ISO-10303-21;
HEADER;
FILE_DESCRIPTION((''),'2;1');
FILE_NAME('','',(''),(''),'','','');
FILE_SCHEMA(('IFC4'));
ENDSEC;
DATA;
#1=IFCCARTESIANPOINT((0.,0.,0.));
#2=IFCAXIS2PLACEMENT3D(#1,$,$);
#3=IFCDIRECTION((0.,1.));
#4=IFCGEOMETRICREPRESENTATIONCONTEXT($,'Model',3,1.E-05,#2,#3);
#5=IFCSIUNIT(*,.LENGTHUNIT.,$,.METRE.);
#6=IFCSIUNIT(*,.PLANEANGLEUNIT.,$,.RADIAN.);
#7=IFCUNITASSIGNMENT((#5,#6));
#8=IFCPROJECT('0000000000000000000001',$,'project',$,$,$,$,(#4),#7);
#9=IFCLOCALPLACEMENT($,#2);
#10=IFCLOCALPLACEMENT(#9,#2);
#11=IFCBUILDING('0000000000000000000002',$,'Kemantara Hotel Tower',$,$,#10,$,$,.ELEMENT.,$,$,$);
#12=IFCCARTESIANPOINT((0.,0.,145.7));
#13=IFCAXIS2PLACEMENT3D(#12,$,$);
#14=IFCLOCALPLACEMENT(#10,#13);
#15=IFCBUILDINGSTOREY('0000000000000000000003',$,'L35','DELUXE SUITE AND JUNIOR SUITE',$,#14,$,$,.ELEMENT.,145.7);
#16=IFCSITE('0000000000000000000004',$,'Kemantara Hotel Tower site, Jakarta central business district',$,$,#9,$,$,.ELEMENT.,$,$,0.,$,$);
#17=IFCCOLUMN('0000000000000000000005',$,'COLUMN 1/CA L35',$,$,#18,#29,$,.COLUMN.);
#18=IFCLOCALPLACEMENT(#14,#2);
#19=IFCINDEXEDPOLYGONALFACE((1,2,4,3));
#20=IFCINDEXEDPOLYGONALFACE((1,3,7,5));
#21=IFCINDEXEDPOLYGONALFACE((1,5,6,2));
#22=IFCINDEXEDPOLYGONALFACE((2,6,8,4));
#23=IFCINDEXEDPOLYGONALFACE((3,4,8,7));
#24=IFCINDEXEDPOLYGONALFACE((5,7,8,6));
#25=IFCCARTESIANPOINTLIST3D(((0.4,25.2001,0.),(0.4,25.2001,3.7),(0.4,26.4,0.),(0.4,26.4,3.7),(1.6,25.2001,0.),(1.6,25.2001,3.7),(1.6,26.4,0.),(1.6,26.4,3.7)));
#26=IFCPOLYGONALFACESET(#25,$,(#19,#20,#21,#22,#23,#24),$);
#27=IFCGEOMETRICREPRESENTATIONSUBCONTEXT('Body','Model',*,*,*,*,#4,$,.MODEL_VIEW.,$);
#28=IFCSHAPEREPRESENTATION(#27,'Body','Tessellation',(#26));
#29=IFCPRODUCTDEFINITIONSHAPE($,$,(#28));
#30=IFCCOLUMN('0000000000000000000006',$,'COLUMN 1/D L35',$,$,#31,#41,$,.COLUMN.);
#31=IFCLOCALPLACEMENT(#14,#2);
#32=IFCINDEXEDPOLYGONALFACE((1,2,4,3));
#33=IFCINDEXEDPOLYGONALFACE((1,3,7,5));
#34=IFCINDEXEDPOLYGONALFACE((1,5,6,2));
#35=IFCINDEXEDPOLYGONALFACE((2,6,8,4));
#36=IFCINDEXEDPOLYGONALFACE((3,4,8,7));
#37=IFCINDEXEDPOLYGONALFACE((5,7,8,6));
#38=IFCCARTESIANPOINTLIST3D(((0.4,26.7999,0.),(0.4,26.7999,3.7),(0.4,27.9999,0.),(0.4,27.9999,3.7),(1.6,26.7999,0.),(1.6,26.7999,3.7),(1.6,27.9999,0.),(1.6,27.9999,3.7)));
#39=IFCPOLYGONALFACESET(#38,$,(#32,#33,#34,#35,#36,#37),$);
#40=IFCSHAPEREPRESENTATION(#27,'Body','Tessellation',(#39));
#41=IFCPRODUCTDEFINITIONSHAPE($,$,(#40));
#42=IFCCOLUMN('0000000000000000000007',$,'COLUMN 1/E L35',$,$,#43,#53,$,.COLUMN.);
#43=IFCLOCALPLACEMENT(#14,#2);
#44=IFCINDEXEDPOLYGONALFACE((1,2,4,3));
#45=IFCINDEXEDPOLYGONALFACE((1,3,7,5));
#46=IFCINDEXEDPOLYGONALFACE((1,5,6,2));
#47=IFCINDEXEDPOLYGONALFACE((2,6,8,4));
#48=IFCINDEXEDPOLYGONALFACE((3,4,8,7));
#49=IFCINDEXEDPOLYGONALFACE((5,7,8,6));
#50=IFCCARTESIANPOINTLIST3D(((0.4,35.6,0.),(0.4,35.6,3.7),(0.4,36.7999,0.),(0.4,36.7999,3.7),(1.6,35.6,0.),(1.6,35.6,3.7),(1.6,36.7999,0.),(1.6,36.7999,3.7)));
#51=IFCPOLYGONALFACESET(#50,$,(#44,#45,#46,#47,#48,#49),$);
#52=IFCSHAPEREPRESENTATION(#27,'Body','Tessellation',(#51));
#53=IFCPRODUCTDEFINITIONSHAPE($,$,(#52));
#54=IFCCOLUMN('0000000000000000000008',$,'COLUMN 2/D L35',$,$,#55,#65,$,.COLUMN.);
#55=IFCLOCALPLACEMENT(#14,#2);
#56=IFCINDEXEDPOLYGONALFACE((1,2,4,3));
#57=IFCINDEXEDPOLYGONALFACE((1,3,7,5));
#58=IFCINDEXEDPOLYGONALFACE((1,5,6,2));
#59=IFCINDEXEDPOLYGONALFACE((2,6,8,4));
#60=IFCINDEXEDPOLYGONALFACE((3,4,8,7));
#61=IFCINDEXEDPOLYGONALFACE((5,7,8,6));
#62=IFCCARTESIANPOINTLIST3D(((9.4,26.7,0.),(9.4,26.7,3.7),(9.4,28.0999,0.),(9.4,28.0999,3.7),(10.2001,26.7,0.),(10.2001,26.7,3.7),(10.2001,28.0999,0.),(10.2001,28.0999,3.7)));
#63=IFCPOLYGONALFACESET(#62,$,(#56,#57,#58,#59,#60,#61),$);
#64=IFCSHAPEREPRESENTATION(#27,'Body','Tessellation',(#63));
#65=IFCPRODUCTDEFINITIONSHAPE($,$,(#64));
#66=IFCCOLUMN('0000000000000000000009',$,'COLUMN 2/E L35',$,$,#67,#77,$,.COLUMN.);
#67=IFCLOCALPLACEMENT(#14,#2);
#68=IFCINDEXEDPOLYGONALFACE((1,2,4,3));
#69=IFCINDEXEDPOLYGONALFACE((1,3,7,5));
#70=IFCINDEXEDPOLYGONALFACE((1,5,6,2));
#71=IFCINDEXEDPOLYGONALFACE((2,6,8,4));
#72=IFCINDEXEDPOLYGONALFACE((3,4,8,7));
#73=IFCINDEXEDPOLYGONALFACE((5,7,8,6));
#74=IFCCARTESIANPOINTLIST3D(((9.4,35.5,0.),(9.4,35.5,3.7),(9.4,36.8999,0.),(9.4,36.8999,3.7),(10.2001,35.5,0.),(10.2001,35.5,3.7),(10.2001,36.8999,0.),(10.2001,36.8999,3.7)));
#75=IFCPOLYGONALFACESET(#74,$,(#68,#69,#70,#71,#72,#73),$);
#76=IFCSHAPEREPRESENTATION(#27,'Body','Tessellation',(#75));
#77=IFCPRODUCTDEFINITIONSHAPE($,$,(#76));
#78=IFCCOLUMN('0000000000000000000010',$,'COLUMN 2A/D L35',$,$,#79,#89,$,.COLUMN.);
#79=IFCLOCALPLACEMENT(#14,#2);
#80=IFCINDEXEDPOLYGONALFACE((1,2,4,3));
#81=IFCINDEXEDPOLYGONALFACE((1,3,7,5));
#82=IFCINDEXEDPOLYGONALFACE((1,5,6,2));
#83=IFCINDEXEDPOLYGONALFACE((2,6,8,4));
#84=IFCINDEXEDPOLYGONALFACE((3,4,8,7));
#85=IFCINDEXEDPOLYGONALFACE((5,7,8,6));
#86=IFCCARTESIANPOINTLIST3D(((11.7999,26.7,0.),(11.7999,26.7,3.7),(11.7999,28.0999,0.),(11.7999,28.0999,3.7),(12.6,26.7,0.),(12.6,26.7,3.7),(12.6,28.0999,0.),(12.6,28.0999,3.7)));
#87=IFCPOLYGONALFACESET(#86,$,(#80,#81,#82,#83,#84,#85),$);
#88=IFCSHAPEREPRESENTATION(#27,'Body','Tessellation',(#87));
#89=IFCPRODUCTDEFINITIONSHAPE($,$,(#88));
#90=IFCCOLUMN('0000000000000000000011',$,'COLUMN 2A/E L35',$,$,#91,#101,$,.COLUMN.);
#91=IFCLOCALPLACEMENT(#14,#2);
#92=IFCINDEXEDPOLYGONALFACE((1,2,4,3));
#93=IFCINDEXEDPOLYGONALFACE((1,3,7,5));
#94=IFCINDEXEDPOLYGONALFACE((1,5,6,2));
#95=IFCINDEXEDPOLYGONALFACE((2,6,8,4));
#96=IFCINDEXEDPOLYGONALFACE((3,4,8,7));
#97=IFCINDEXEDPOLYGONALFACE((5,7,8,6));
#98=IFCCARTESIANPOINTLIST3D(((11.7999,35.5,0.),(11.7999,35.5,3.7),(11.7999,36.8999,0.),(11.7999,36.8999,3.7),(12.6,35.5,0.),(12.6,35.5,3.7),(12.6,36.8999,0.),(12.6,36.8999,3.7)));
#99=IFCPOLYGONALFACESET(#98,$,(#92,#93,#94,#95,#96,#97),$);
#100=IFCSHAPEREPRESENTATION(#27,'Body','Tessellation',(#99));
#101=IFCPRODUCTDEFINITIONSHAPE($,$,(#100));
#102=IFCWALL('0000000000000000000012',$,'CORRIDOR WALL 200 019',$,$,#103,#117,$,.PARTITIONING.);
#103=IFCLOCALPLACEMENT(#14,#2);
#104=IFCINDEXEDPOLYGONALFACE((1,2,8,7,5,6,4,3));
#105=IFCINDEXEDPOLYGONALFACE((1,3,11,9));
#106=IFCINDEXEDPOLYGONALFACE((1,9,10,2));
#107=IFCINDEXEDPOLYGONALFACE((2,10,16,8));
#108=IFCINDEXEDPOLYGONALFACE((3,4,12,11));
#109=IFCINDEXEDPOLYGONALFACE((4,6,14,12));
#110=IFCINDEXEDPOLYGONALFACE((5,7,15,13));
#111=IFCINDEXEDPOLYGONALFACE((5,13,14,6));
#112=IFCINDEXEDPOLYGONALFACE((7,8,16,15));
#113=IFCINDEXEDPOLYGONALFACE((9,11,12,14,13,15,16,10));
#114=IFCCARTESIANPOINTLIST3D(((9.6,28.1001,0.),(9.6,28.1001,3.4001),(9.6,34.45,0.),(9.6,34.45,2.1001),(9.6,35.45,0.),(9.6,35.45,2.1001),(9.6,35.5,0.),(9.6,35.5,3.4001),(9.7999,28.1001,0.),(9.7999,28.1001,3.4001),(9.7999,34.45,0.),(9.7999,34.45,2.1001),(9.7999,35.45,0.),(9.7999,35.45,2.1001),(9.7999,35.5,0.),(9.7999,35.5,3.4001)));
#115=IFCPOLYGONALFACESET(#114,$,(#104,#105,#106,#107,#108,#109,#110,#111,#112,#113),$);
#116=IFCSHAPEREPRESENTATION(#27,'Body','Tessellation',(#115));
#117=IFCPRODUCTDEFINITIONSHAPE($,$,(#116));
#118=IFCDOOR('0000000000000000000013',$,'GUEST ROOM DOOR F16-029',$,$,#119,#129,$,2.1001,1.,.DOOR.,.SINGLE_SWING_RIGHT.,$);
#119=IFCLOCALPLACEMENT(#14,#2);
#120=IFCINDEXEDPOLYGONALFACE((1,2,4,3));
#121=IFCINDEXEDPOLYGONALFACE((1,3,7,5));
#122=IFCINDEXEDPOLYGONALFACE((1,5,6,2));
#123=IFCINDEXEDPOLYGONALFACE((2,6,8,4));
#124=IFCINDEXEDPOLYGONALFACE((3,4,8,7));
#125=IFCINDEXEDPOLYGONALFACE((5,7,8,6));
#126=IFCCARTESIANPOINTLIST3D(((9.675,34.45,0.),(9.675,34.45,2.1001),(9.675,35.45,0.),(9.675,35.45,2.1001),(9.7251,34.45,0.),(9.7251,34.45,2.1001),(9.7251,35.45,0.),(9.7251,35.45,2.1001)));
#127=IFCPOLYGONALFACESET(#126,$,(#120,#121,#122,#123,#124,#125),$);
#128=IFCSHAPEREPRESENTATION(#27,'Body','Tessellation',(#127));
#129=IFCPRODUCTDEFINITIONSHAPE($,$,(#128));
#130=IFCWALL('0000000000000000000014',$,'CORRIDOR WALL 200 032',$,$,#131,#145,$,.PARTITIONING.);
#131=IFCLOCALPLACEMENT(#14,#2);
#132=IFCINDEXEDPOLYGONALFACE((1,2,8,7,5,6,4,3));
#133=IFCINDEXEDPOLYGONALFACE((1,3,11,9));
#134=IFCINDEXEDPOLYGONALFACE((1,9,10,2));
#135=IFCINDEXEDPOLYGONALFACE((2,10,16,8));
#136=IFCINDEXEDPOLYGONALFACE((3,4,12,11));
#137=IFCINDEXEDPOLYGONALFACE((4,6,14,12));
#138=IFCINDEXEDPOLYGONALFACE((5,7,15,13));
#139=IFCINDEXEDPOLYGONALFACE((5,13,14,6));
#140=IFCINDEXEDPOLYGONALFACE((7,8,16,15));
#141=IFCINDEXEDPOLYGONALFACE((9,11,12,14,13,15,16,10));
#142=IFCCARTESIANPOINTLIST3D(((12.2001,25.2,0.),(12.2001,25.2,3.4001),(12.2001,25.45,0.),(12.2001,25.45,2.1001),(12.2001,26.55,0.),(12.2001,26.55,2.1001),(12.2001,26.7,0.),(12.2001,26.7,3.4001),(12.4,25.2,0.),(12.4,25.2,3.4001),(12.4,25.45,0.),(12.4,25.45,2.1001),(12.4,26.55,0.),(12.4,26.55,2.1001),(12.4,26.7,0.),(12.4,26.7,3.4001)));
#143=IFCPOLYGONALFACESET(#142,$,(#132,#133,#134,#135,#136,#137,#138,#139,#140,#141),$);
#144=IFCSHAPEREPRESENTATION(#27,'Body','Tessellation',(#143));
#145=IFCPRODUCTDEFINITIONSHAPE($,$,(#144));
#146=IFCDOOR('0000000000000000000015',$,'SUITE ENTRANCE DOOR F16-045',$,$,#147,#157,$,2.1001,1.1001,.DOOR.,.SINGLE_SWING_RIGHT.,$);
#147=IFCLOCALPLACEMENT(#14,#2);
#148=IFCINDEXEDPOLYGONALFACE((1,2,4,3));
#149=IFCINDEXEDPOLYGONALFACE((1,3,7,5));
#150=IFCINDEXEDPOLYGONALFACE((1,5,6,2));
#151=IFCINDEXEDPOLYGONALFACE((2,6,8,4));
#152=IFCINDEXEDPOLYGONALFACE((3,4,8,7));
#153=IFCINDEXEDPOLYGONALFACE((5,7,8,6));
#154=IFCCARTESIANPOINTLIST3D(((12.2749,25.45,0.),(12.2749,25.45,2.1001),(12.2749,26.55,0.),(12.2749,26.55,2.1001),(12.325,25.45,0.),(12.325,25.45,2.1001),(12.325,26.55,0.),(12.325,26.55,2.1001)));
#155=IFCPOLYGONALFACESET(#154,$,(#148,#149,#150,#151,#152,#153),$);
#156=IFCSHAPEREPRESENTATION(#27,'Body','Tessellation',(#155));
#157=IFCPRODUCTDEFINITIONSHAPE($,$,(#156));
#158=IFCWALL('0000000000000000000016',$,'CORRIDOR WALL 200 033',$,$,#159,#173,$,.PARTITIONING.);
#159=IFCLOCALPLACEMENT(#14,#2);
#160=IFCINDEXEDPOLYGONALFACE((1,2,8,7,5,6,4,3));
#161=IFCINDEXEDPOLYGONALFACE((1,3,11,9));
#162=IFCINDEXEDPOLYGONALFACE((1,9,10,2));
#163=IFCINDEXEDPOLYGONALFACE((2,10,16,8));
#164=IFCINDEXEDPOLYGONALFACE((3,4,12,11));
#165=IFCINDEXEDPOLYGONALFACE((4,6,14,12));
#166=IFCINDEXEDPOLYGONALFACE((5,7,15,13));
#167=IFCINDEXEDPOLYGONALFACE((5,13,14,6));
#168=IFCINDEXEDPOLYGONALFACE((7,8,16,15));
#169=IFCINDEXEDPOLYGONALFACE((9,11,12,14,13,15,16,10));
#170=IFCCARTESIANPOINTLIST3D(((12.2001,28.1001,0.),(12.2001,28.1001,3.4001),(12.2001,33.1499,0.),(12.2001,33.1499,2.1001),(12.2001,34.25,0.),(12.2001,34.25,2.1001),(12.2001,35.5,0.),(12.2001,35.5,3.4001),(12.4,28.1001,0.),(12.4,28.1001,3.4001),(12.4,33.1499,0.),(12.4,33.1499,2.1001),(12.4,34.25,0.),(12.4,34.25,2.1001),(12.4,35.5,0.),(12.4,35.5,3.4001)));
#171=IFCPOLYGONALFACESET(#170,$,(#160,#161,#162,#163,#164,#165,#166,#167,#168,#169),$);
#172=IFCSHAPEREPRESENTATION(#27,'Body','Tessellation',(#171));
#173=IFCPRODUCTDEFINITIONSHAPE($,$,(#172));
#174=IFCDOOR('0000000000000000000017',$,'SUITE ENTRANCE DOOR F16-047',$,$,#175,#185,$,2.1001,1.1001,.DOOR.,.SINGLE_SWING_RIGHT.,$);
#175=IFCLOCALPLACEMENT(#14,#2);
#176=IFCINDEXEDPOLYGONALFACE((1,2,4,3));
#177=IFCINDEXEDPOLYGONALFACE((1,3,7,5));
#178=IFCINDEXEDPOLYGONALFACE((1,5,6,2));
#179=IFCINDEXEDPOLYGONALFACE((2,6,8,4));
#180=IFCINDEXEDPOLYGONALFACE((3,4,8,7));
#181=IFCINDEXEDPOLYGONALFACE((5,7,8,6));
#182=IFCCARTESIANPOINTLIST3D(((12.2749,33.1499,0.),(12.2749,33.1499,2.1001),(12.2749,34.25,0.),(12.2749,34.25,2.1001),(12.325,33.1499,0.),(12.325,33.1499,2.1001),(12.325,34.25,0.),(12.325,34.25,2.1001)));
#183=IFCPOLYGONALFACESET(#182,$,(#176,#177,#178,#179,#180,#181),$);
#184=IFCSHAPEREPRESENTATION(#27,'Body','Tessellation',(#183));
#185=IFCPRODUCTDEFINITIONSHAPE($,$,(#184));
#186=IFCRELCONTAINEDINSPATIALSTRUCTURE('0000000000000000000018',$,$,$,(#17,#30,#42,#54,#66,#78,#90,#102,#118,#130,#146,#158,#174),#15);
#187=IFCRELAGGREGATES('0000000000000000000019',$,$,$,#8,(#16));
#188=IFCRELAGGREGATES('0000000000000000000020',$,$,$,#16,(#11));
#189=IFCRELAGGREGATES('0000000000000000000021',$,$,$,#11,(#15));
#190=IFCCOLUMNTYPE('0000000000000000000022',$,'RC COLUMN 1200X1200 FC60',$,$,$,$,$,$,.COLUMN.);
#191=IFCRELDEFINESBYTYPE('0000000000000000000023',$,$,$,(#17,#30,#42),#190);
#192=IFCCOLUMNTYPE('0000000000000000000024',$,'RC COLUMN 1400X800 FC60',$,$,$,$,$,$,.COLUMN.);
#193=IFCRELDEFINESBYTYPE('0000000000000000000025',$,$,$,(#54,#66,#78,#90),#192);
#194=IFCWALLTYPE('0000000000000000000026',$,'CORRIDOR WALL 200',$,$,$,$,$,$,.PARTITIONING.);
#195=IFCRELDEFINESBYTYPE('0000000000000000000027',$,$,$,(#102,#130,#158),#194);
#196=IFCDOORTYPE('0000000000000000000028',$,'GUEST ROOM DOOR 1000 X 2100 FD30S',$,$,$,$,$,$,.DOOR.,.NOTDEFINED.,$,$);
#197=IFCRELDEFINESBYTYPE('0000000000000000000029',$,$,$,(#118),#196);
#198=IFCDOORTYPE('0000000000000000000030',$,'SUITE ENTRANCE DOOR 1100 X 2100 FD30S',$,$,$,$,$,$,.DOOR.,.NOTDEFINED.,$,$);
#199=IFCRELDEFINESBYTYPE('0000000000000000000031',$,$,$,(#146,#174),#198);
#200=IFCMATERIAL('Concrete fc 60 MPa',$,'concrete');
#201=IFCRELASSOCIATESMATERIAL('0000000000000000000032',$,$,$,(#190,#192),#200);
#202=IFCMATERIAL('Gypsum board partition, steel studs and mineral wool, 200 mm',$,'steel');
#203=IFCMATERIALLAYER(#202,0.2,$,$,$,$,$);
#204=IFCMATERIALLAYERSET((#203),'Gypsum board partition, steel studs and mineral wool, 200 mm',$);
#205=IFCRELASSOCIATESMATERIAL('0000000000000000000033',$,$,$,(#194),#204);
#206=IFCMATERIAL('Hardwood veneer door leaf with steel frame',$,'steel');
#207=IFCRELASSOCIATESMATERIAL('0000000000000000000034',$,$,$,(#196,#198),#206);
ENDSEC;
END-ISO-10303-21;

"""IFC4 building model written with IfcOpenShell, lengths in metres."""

from ifc_helpers import new_model, si_unit, direction, frame, frame_2d, origin, origin_2d, place, context, subcontext, project, spatial, rectangle, extrude, material, layer, layer_set, material_profile, profile_set, type_object, element, fill, save


model = new_model("IFC4")

# Units and contexts
model_context = context("Model", 3, precision=1e-05, world=origin(), true_north=direction((0.0, 1.0)))
body_context = subcontext(model_context, "Body", "Model", "MODEL_VIEW")
ifc_project = project(units=[si_unit("LENGTHUNIT", "METRE"), si_unit("PLANEANGLEUNIT", "RADIAN")], contexts=[model_context])

# Site, building, storey
site_placement = place(None, origin())
site = spatial("IfcSite", under=ifc_project, at=site_placement, Name="Kemantara Hotel Tower site, Jakarta central business district", CompositionType="ELEMENT", RefElevation=0.0)
building_placement = place(site_placement, origin())
building = spatial("IfcBuilding", under=site, at=building_placement, Name="Kemantara Hotel Tower", CompositionType="ELEMENT")
storey_placement = place(building_placement, frame((0.0, 0.0, 145.7)))
storey = spatial("IfcBuildingStorey", under=building, at=storey_placement, Name="L35", Description="DELUXE SUITE AND JUNIOR SUITE", CompositionType="ELEMENT", Elevation=145.7)

# Columns
ifc_material_1 = material(Name="Concrete fc 60 MPa", Category="concrete")
ifc_material_profile_1 = material_profile(ifc_material_1, rectangle(XDim=1.2, YDim=1.2, at=origin_2d()), Name="RC 1200X1200")
ifc_profile_set_1 = profile_set([ifc_material_profile_1], Name="Concrete fc 60 MPa")
column_type_1 = type_object("IfcColumnType", Name="RC COLUMN 1200X1200 FC60", PredefinedType="COLUMN", material=ifc_profile_set_1)
for number, where, z_axis, x_axis, name in (
    (1, (1.0, 25.8, 0.0), (0.0, 0.0, 1.0), (1.0, 0.0, 0.0), "COLUMN 1/CA L35"),
    (2, (1.0, 27.3999, 0.0), (0.0, 0.0, 1.0), (1.0, 0.0, 0.0), "COLUMN 1/D L35"),
    (3, (1.0, 36.2, 0.0), (0.0, 0.0, 1.0), (1.0, 0.0, 0.0), "COLUMN 1/E L35"),
):
    element("IfcColumn", number, at=place(storey_placement, frame(where, z_axis=z_axis, x_axis=x_axis)), inside=storey, type_object=column_type_1, Name=name, PredefinedType="COLUMN", context=body_context, shape_type="SweptSolid", body=[
        extrude(rectangle(XDim=1.2, YDim=1.2, at=origin_2d()), origin(), (0.0, 0.0, 1.0), 3.7),
    ])
ifc_material_profile_2 = material_profile(ifc_material_1, rectangle(XDim=1.3999, YDim=0.8, at=origin_2d()), Name="RC 1400X800")
ifc_profile_set_2 = profile_set([ifc_material_profile_2], Name="Concrete fc 60 MPa")
column_type_2 = type_object("IfcColumnType", Name="RC COLUMN 1400X800 FC60", PredefinedType="COLUMN", material=ifc_profile_set_2)
for number, where, z_axis, x_axis, name in (
    (4, (9.8, 27.3999, 0.0), (0.0, 0.0, 1.0), (0.0, 1.0, 0.0), "COLUMN 2/D L35"),
    (5, (9.8, 36.2, 0.0), (0.0, 0.0, 1.0), (0.0, 1.0, 0.0), "COLUMN 2/E L35"),
    (6, (12.2, 27.3999, 0.0), (0.0, 0.0, 1.0), (0.0, 1.0, 0.0), "COLUMN 2A/D L35"),
    (7, (12.2, 36.2, 0.0), (0.0, 0.0, 1.0), (0.0, 1.0, 0.0), "COLUMN 2A/E L35"),
):
    element("IfcColumn", number, at=place(storey_placement, frame(where, z_axis=z_axis, x_axis=x_axis)), inside=storey, type_object=column_type_2, Name=name, PredefinedType="COLUMN", context=body_context, shape_type="SweptSolid", body=[
        extrude(rectangle(XDim=1.3999, YDim=0.8, at=origin_2d()), origin(), (0.0, 0.0, 1.0), 3.7),
    ])

# Walls, openings, doors
ifc_material_2 = material(Name="Gypsum board partition, steel studs and mineral wool, 200 mm", Category="steel")
ifc_layer_1 = layer(ifc_material_2, 0.2)
ifc_layer_set_1 = layer_set([ifc_layer_1], Name="Gypsum board partition, steel studs and mineral wool, 200 mm")
wall_type_1 = type_object("IfcWallType", Name="CORRIDOR WALL 200", PredefinedType="PARTITIONING", material=ifc_layer_set_1)
wall_1_placement = place(storey_placement, frame((9.7, 28.1001, 0.0), z_axis=(0.0, 0.0, 1.0), x_axis=(0.0, 1.0, 0.0)))
wall_1 = element("IfcWall", 8, at=wall_1_placement, inside=storey, type_object=wall_type_1, Name="CORRIDOR WALL 200 019", PredefinedType="PARTITIONING", context=body_context, shape_type="SweptSolid", body=[
    extrude(rectangle(XDim=7.3999, YDim=0.2, at=frame_2d((3.7, 0.0))), origin(), (0.0, 0.0, 1.0), 3.4001),
])
opening_1_placement = place(wall_1_placement, frame((6.3499, 0.0, 0.0)))
opening_1 = element("IfcOpeningElement", 9, at=opening_1_placement, cuts=wall_1, PredefinedType="OPENING", context=body_context, shape_type="SweptSolid", body=[
    extrude(rectangle(XDim=1.0, YDim=2.1001, at=frame_2d((0.5, 1.05))), frame((0.0, 0.1099, 0.0), z_axis=(0.0, -1.0, 0.0), x_axis=(1.0, 0.0, 0.0)), (0.0, 0.0, 1.0), 0.22),
])
ifc_material_3 = material(Name="Hardwood veneer door leaf with steel frame", Category="steel")
door_type_1 = type_object("IfcDoorType", Name="GUEST ROOM DOOR 1000 X 2100 FD30S", OperationType="NOTDEFINED", PredefinedType="DOOR", material=ifc_material_3)
door_1_placement = place(opening_1_placement, origin())
door_1 = element("IfcDoor", 10, at=door_1_placement, inside=storey, type_object=door_type_1, Name="GUEST ROOM DOOR F16-029", OperationType="SINGLE_SWING_RIGHT", OverallHeight=2.1001, OverallWidth=1.0, PredefinedType="DOOR", context=body_context, shape_type="SweptSolid", body=[
    extrude(rectangle(XDim=1.0, YDim=2.1001, at=frame_2d((0.5, 1.05))), frame((0.0, 0.0249, 0.0), z_axis=(0.0, -1.0, 0.0), x_axis=(1.0, 0.0, 0.0)), (0.0, 0.0, 1.0), 0.05),
])
fill(opening_1, door_1)
wall_2_placement = place(storey_placement, frame((12.3, 26.7, 0.0), z_axis=(0.0, 0.0, 1.0), x_axis=(0.0, -1.0, 0.0)))
wall_2 = element("IfcWall", 11, at=wall_2_placement, inside=storey, type_object=wall_type_1, Name="CORRIDOR WALL 200 032", PredefinedType="PARTITIONING", context=body_context, shape_type="SweptSolid", body=[
    extrude(rectangle(XDim=1.5, YDim=0.2, at=frame_2d((0.75, 0.0))), origin(), (0.0, 0.0, 1.0), 3.4001),
])
opening_2_placement = place(wall_2_placement, frame((0.1499, 0.0, 0.0)))
opening_2 = element("IfcOpeningElement", 12, at=opening_2_placement, cuts=wall_2, PredefinedType="OPENING", context=body_context, shape_type="SweptSolid", body=[
    extrude(rectangle(XDim=1.1001, YDim=2.1001, at=frame_2d((0.55, 1.05))), frame((0.0, 0.1099, 0.0), z_axis=(0.0, -1.0, 0.0), x_axis=(1.0, 0.0, 0.0)), (0.0, 0.0, 1.0), 0.22),
])
door_type_2 = type_object("IfcDoorType", Name="SUITE ENTRANCE DOOR 1100 X 2100 FD30S", OperationType="NOTDEFINED", PredefinedType="DOOR", material=ifc_material_3)
door_2_placement = place(opening_2_placement, origin())
door_2 = element("IfcDoor", 13, at=door_2_placement, inside=storey, type_object=door_type_2, Name="SUITE ENTRANCE DOOR F16-045", OperationType="SINGLE_SWING_RIGHT", OverallHeight=2.1001, OverallWidth=1.1001, PredefinedType="DOOR", context=body_context, shape_type="SweptSolid", body=[
    extrude(rectangle(XDim=1.1001, YDim=2.1001, at=frame_2d((0.55, 1.05))), frame((0.0, 0.0249, 0.0), z_axis=(0.0, -1.0, 0.0), x_axis=(1.0, 0.0, 0.0)), (0.0, 0.0, 1.0), 0.05),
])
fill(opening_2, door_2)
wall_3_placement = place(storey_placement, frame((12.3, 35.5, 0.0), z_axis=(0.0, 0.0, 1.0), x_axis=(0.0, -1.0, 0.0)))
wall_3 = element("IfcWall", 14, at=wall_3_placement, inside=storey, type_object=wall_type_1, Name="CORRIDOR WALL 200 033", PredefinedType="PARTITIONING", context=body_context, shape_type="SweptSolid", body=[
    extrude(rectangle(XDim=7.3999, YDim=0.2, at=frame_2d((3.7, 0.0))), origin(), (0.0, 0.0, 1.0), 3.4001),
])
opening_3_placement = place(wall_3_placement, frame((1.25, 0.0, 0.0)))
opening_3 = element("IfcOpeningElement", 15, at=opening_3_placement, cuts=wall_3, PredefinedType="OPENING", context=body_context, shape_type="SweptSolid", body=[
    extrude(rectangle(XDim=1.1001, YDim=2.1001, at=frame_2d((0.55, 1.05))), frame((0.0, 0.1099, 0.0), z_axis=(0.0, -1.0, 0.0), x_axis=(1.0, 0.0, 0.0)), (0.0, 0.0, 1.0), 0.22),
])
door_3_placement = place(opening_3_placement, origin())
door_3 = element("IfcDoor", 16, at=door_3_placement, inside=storey, type_object=door_type_2, Name="SUITE ENTRANCE DOOR F16-047", OperationType="SINGLE_SWING_RIGHT", OverallHeight=2.1001, OverallWidth=1.1001, PredefinedType="DOOR", context=body_context, shape_type="SweptSolid", body=[
    extrude(rectangle(XDim=1.1001, YDim=2.1001, at=frame_2d((0.55, 1.05))), frame((0.0, 0.0249, 0.0), z_axis=(0.0, -1.0, 0.0), x_axis=(1.0, 0.0, 0.0)), (0.0, 0.0, 1.0), 0.05),
])
fill(opening_3, door_3)

save(model, "model.ifc")
